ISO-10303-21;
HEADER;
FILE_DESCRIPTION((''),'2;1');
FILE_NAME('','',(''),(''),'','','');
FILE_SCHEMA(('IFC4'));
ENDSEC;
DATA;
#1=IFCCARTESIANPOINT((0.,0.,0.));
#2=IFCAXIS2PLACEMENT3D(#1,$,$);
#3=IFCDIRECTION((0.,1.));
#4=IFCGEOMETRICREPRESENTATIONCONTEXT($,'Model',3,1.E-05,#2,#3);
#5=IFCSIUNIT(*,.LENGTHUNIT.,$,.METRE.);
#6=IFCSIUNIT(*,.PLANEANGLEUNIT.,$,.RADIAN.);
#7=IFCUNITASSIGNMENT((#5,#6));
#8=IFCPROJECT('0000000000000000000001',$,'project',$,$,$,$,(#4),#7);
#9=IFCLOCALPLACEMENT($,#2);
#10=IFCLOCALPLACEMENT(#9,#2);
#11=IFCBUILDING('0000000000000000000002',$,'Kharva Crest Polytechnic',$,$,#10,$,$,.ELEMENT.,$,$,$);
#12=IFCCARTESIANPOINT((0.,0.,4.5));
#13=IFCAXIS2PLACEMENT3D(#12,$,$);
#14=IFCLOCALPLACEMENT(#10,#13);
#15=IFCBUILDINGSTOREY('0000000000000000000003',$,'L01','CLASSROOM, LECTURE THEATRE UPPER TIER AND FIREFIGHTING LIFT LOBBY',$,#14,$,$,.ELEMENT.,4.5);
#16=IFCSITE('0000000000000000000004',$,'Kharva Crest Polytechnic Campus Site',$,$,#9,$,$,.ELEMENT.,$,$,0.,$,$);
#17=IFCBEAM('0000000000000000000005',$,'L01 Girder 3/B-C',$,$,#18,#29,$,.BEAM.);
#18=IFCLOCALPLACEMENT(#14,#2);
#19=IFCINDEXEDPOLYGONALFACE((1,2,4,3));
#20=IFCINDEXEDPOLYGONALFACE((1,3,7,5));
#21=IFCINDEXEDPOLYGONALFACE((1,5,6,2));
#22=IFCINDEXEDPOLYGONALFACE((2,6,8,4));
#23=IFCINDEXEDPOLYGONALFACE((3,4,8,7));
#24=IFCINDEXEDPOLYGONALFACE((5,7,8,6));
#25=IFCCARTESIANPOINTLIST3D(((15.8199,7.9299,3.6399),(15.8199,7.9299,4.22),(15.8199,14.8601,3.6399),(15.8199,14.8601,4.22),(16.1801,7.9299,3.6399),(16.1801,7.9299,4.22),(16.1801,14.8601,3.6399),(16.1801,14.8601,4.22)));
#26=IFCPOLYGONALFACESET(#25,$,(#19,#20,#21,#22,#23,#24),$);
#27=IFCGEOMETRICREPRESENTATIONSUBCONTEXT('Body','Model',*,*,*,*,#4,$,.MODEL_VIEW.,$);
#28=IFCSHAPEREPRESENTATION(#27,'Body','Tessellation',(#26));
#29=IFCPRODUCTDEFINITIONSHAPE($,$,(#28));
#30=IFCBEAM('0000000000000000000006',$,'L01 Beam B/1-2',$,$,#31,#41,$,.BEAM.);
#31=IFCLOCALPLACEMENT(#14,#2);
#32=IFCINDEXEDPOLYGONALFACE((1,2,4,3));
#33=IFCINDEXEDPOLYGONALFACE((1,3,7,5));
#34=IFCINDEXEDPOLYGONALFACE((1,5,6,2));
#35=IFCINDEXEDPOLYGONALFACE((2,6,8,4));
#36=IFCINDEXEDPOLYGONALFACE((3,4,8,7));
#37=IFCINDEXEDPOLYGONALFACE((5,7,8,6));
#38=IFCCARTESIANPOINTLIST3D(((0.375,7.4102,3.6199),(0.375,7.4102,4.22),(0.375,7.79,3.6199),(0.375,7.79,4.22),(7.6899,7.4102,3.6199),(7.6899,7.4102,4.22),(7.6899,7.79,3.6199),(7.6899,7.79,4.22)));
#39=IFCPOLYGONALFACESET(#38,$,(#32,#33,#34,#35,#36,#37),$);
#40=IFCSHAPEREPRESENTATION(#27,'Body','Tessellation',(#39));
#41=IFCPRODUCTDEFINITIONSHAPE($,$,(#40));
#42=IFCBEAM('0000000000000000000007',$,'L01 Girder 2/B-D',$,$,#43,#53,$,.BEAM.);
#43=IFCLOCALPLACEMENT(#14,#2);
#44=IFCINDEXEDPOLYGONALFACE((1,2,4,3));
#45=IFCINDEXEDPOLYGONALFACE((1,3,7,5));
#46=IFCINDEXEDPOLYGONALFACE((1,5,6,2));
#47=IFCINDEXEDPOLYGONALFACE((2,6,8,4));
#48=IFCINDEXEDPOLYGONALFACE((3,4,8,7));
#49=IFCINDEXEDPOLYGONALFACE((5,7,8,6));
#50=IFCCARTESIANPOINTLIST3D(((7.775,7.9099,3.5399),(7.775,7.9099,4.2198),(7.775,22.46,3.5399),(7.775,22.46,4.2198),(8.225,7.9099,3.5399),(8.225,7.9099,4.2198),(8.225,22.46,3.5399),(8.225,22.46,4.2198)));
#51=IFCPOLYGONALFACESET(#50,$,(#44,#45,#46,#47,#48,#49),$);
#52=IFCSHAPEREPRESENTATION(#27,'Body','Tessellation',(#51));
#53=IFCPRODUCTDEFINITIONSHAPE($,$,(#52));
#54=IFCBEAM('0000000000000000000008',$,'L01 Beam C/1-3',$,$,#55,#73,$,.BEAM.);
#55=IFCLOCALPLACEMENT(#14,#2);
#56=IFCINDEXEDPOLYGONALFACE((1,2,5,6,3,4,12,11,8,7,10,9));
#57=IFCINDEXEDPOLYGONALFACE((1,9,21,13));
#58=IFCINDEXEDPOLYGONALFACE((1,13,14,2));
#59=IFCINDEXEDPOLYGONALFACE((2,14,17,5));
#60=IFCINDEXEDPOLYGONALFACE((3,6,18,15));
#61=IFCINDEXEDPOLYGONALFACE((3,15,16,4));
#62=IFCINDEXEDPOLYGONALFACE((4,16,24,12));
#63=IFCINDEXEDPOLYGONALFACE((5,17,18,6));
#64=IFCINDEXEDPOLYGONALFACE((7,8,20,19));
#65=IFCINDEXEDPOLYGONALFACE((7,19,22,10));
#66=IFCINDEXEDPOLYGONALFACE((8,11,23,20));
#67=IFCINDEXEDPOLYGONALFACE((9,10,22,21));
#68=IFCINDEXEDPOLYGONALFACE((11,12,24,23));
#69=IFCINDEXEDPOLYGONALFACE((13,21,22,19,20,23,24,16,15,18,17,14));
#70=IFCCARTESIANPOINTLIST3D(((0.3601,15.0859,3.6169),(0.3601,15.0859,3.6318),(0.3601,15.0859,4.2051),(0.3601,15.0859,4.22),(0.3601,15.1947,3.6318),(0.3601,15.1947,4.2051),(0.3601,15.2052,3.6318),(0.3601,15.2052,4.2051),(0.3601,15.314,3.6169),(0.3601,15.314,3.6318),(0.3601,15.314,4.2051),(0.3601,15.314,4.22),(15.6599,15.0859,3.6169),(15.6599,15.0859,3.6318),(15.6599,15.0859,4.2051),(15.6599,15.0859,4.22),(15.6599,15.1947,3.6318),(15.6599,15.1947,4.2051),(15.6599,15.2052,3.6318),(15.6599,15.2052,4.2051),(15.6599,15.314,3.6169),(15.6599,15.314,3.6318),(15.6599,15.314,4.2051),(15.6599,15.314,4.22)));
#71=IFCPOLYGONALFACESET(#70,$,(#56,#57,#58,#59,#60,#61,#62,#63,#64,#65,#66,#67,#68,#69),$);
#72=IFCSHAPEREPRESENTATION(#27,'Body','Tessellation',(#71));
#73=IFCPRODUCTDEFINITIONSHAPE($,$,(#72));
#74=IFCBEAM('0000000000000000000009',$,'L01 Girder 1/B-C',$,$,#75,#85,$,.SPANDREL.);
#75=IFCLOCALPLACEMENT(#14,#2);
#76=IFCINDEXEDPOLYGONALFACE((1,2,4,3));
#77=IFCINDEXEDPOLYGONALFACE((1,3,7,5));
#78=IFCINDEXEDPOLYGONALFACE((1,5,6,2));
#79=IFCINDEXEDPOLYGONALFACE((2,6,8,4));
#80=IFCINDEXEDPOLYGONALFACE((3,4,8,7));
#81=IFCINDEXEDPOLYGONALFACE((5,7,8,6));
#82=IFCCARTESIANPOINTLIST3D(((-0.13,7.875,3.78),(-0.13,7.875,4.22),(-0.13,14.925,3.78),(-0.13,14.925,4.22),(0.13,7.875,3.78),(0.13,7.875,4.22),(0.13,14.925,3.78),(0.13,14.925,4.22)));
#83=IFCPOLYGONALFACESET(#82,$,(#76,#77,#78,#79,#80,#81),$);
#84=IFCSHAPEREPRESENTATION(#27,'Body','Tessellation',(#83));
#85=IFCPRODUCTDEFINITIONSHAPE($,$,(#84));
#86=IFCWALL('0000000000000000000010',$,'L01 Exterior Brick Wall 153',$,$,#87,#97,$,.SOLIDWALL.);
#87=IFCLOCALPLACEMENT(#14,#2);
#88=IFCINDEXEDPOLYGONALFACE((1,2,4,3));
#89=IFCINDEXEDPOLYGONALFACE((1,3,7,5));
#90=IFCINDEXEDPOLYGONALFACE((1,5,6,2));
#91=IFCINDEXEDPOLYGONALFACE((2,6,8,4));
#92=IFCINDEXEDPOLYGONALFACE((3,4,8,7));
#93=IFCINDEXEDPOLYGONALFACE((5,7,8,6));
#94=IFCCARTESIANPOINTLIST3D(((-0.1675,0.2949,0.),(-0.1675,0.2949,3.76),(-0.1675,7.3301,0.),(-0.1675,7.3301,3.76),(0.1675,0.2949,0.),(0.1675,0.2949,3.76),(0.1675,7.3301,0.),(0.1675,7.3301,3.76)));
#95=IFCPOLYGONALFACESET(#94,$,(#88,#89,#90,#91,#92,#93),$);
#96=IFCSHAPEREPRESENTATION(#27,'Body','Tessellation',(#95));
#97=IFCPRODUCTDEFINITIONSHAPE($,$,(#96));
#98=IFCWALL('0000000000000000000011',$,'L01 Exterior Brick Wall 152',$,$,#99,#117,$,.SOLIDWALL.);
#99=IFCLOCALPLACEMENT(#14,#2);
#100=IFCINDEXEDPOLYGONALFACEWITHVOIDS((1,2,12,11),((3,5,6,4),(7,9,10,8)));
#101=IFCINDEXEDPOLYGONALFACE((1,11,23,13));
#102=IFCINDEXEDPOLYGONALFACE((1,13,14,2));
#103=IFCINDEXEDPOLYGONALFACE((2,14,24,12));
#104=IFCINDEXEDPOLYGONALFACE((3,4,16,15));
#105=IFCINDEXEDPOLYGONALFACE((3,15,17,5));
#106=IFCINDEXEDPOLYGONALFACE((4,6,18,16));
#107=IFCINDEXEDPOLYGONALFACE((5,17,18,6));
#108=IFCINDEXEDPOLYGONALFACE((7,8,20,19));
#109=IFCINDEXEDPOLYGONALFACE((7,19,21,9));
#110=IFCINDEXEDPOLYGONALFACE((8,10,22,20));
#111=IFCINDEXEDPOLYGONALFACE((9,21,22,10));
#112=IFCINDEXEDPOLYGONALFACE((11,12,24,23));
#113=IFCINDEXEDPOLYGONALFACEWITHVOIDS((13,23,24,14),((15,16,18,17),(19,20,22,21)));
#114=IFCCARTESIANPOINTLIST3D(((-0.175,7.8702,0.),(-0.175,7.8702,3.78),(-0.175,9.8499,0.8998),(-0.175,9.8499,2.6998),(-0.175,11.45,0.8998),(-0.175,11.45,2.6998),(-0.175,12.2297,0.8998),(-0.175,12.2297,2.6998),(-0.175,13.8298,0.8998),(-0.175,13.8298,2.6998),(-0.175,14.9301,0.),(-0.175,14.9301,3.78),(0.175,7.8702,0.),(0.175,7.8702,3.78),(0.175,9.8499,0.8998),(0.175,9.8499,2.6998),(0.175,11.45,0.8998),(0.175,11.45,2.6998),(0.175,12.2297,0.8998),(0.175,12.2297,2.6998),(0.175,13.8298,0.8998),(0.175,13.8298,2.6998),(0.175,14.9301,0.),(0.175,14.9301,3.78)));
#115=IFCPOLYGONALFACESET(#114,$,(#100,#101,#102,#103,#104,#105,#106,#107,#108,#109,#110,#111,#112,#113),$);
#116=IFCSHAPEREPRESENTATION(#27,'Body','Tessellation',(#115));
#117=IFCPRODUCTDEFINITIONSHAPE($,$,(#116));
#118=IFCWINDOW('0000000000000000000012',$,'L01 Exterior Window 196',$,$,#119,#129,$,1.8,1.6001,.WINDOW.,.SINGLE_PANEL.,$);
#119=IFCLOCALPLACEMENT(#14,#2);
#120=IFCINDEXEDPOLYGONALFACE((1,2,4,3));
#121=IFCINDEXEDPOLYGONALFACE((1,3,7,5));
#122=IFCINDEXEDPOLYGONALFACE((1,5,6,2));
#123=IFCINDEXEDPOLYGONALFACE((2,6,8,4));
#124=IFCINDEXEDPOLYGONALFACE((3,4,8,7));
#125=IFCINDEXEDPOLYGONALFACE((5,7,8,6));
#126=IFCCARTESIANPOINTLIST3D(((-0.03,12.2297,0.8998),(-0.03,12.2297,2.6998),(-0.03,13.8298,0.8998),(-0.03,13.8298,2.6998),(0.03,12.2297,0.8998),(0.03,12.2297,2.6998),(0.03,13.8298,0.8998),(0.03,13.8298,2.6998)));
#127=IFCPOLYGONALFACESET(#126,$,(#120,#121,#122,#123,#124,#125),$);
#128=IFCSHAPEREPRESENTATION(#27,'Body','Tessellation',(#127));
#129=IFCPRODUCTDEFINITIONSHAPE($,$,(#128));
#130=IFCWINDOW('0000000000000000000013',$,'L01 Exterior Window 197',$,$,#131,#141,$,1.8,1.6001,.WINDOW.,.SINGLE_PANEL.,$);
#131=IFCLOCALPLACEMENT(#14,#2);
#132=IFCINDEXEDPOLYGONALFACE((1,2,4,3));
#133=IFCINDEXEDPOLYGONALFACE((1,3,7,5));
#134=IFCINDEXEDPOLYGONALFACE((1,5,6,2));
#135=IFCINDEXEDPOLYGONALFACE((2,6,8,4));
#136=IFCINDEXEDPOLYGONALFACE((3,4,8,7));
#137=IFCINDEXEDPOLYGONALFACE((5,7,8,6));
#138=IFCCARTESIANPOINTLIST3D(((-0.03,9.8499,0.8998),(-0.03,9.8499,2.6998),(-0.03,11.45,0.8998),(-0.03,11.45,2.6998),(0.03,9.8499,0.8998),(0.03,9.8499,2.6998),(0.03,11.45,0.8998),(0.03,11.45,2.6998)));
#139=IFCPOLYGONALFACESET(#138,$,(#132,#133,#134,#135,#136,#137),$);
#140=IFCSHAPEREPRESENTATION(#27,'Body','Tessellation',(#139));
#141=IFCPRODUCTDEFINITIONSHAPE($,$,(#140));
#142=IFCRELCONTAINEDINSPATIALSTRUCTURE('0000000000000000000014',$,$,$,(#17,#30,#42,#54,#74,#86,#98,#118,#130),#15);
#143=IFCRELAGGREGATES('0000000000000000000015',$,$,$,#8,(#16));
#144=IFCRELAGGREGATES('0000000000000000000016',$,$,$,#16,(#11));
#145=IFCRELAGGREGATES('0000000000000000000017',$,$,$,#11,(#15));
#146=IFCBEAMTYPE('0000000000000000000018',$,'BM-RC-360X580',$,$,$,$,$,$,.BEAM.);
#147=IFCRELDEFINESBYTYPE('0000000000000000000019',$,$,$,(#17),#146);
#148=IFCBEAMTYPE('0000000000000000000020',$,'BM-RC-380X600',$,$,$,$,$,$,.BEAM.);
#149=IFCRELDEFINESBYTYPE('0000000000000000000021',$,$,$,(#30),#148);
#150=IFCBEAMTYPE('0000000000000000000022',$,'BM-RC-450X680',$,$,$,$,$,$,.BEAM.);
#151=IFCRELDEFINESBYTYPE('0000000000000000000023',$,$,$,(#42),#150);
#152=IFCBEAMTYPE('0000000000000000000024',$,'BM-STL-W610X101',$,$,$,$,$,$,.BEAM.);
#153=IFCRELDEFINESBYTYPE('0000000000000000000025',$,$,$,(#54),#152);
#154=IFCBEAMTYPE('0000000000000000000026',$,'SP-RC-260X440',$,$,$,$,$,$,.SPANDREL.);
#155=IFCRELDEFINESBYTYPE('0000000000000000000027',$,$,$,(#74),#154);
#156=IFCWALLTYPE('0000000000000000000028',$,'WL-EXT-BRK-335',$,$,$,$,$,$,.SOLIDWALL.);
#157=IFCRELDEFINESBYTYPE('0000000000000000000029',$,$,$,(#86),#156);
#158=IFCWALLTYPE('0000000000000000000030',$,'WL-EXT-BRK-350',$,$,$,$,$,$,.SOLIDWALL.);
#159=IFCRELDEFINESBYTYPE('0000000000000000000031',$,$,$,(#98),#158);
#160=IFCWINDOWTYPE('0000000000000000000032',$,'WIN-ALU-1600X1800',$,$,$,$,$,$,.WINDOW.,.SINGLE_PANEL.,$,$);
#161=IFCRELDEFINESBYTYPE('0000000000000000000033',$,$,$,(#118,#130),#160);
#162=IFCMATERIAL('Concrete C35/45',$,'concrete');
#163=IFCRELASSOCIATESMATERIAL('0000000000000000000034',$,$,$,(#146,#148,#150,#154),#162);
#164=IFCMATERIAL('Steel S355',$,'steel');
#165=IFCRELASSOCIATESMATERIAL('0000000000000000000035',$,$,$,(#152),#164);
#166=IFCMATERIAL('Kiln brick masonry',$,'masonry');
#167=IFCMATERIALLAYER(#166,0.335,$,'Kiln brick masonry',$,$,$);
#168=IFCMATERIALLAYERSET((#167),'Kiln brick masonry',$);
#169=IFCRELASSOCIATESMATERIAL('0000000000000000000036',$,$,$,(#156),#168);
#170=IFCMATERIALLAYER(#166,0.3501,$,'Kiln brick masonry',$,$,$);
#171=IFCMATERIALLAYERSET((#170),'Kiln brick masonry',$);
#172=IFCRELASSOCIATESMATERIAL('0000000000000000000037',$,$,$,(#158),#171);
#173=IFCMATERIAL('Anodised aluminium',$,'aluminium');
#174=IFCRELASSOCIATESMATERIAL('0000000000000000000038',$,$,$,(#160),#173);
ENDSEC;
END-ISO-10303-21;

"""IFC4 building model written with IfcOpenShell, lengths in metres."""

from ifc_helpers import new_model, si_unit, direction, frame, frame_2d, origin, origin_2d, place, context, subcontext, project, spatial, rectangle, i_section, extrude, material, layer, layer_set, material_profile, profile_set, type_object, element, fill, save


model = new_model("IFC4")

# Units and contexts
model_context = context("Model", 3, precision=1e-05, world=origin(), true_north=direction((0.0, 1.0)))
body_context = subcontext(model_context, "Body", "Model", "MODEL_VIEW")
ifc_project = project(units=[si_unit("LENGTHUNIT", "METRE"), si_unit("PLANEANGLEUNIT", "RADIAN")], contexts=[model_context])

# Site, building, storey
site_placement = place(None, origin())
site = spatial("IfcSite", under=ifc_project, at=site_placement, Name="Kharva Crest Polytechnic Campus Site", CompositionType="ELEMENT", RefElevation=0.0)
building_placement = place(site_placement, origin())
building = spatial("IfcBuilding", under=site, at=building_placement, Name="Kharva Crest Polytechnic", CompositionType="ELEMENT")
storey_placement = place(building_placement, frame((0.0, 0.0, 4.5)))
storey = spatial("IfcBuildingStorey", under=building, at=storey_placement, Name="L01", Description="CLASSROOM, LECTURE THEATRE UPPER TIER AND FIREFIGHTING LIFT LOBBY", CompositionType="ELEMENT", Elevation=4.5)

# Shared definitions
ifc_material_1 = material(Name="Steel S355", Category="steel")

# Beams
ifc_material_2 = material(Name="Concrete C35/45", Category="concrete")
ifc_material_profile_1 = material_profile(ifc_material_2, rectangle(XDim=0.3601, YDim=0.5801, at=origin_2d()), Name="RECT 360 X 580")
ifc_profile_set_1 = profile_set([ifc_material_profile_1], Name="Concrete C35/45")
beam_type_1 = type_object("IfcBeamType", Name="BM-RC-360X580", PredefinedType="BEAM", material=ifc_profile_set_1)
beam_1_placement = place(storey_placement, frame((16.0, 7.9299, 3.9299), z_axis=(0.0, 1.0, 0.0), x_axis=(-1.0, 0.0, 0.0)))
element("IfcBeam", 1, at=beam_1_placement, inside=storey, type_object=beam_type_1, Name="L01 Girder 3/B-C", PredefinedType="BEAM", context=body_context, shape_type="SweptSolid", body=[
    extrude(rectangle(XDim=0.3601, YDim=0.5801, at=origin_2d()), origin(), (0.0, 0.0, 1.0), 6.9302),
])
ifc_material_profile_2 = material_profile(ifc_material_2, rectangle(XDim=0.3799, YDim=0.6001, at=origin_2d()), Name="RECT 380 X 600")
ifc_profile_set_2 = profile_set([ifc_material_profile_2], Name="Concrete C35/45")
beam_type_2 = type_object("IfcBeamType", Name="BM-RC-380X600", PredefinedType="BEAM", material=ifc_profile_set_2)
beam_2_placement = place(storey_placement, frame((0.375, 7.6001, 3.9199), z_axis=(1.0, 0.0, 0.0), x_axis=(0.0, 1.0, 0.0)))
element("IfcBeam", 2, at=beam_2_placement, inside=storey, type_object=beam_type_2, Name="L01 Beam B/1-2", PredefinedType="BEAM", context=body_context, shape_type="SweptSolid", body=[
    extrude(rectangle(XDim=0.3799, YDim=0.6001, at=origin_2d()), origin(), (0.0, 0.0, 1.0), 7.3149),
])
ifc_material_profile_3 = material_profile(ifc_material_2, rectangle(XDim=0.45, YDim=0.6799, at=origin_2d()), Name="RECT 450 X 680")
ifc_profile_set_3 = profile_set([ifc_material_profile_3], Name="Concrete C35/45")
beam_type_3 = type_object("IfcBeamType", Name="BM-RC-450X680", PredefinedType="BEAM", material=ifc_profile_set_3)
beam_3_placement = place(storey_placement, frame((8.0, 7.9099, 3.8799), z_axis=(0.0, 1.0, 0.0), x_axis=(-1.0, 0.0, 0.0)))
element("IfcBeam", 3, at=beam_3_placement, inside=storey, type_object=beam_type_3, Name="L01 Girder 2/B-D", PredefinedType="BEAM", context=body_context, shape_type="SweptSolid", body=[
    extrude(rectangle(XDim=0.45, YDim=0.6799, at=origin_2d()), origin(), (0.0, 0.0, 1.0), 14.55),
])
ifc_material_profile_4 = material_profile(ifc_material_1, i_section(OverallWidth=0.228, OverallDepth=0.603, WebThickness=0.0105, FlangeThickness=0.0149, at=origin_2d()), Name="W610X101")
ifc_profile_set_4 = profile_set([ifc_material_profile_4], Name="Steel S355")
beam_type_4 = type_object("IfcBeamType", Name="BM-STL-W610X101", PredefinedType="BEAM", material=ifc_profile_set_4)
beam_4_placement = place(storey_placement, frame((0.3601, 15.2, 3.9185), z_axis=(1.0, 0.0, 0.0), x_axis=(0.0, 1.0, 0.0)))
element("IfcBeam", 4, at=beam_4_placement, inside=storey, type_object=beam_type_4, Name="L01 Beam C/1-3", PredefinedType="BEAM", context=body_context, shape_type="SweptSolid", body=[
    extrude(i_section(OverallWidth=0.228, OverallDepth=0.603, WebThickness=0.0105, FlangeThickness=0.0149, at=origin_2d()), origin(), (0.0, 0.0, 1.0), 15.2998),
])
ifc_material_profile_5 = material_profile(ifc_material_2, rectangle(XDim=0.26, YDim=0.4399, at=origin_2d()), Name="RECT 260 X 440")
ifc_profile_set_5 = profile_set([ifc_material_profile_5], Name="Concrete C35/45")
beam_type_5 = type_object("IfcBeamType", Name="SP-RC-260X440", PredefinedType="SPANDREL", material=ifc_profile_set_5)
beam_5_placement = place(storey_placement, frame((0.0, 7.875, 4.0), z_axis=(0.0, 1.0, 0.0), x_axis=(-1.0, 0.0, 0.0)))
element("IfcBeam", 5, at=beam_5_placement, inside=storey, type_object=beam_type_5, Name="L01 Girder 1/B-C", PredefinedType="SPANDREL", context=body_context, shape_type="SweptSolid", body=[
    extrude(rectangle(XDim=0.26, YDim=0.4399, at=origin_2d()), origin(), (0.0, 0.0, 1.0), 7.05),
])

# Wall
ifc_material_3 = material(Name="Kiln brick masonry", Category="masonry")
ifc_layer_1 = layer(ifc_material_3, 0.335, Name="Kiln brick masonry")
ifc_layer_set_1 = layer_set([ifc_layer_1], Name="Kiln brick masonry")
wall_type_1 = type_object("IfcWallType", Name="WL-EXT-BRK-335", PredefinedType="SOLIDWALL", material=ifc_layer_set_1)
wall_1_placement = place(storey_placement, frame((0.0, 7.3301, 0.0), z_axis=(0.0, 0.0, 1.0), x_axis=(0.0, -1.0, 0.0)))
element("IfcWall", 6, at=wall_1_placement, inside=storey, type_object=wall_type_1, Name="L01 Exterior Brick Wall 153", PredefinedType="SOLIDWALL", context=body_context, shape_type="SweptSolid", body=[
    extrude(rectangle(XDim=7.0352, YDim=0.335, at=frame_2d((3.5176, 0.0))), origin(), (0.0, 0.0, 1.0), 3.76),
])

# Wall, openings, windows
ifc_layer_2 = layer(ifc_material_3, 0.3501, Name="Kiln brick masonry")
ifc_layer_set_2 = layer_set([ifc_layer_2], Name="Kiln brick masonry")
wall_type_2 = type_object("IfcWallType", Name="WL-EXT-BRK-350", PredefinedType="SOLIDWALL", material=ifc_layer_set_2)
wall_2_placement = place(storey_placement, frame((0.0, 14.9299, 0.0), z_axis=(0.0, 0.0, 1.0), x_axis=(0.0, -1.0, 0.0)))
wall_2 = element("IfcWall", 7, at=wall_2_placement, inside=storey, type_object=wall_type_2, Name="L01 Exterior Brick Wall 152", PredefinedType="SOLIDWALL", context=body_context, shape_type="SweptSolid", body=[
    extrude(rectangle(XDim=7.0598, YDim=0.3501, at=frame_2d((3.5298, 0.0))), origin(), (0.0, 0.0, 1.0), 3.78),
])
opening_1_placement = place(wall_2_placement, frame((1.1001, 0.0, 0.8999)))
opening_1 = element("IfcOpeningElement", 8, at=opening_1_placement, cuts=wall_2, PredefinedType="OPENING", context=body_context, shape_type="SweptSolid", body=[
    extrude(rectangle(XDim=1.6001, YDim=1.8, at=frame_2d((0.8, 0.8999))), frame((0.0, 0.1851, 0.0), z_axis=(0.0, -1.0, 0.0), x_axis=(1.0, 0.0, 0.0)), (0.0, 0.0, 1.0), 0.3701),
])
opening_2_placement = place(wall_2_placement, frame((3.48, 0.0, 0.8999)))
opening_2 = element("IfcOpeningElement", 9, at=opening_2_placement, cuts=wall_2, PredefinedType="OPENING", context=body_context, shape_type="SweptSolid", body=[
    extrude(rectangle(XDim=1.6001, YDim=1.8, at=frame_2d((0.8, 0.8999))), frame((0.0, 0.1851, 0.0), z_axis=(0.0, -1.0, 0.0), x_axis=(1.0, 0.0, 0.0)), (0.0, 0.0, 1.0), 0.3701),
])
ifc_material_4 = material(Name="Anodised aluminium", Category="aluminium")
window_type = type_object("IfcWindowType", Name="WIN-ALU-1600X1800", PartitioningType="SINGLE_PANEL", PredefinedType="WINDOW", material=ifc_material_4)
window_1_placement = place(opening_1_placement, origin())
window_1 = element("IfcWindow", 10, at=window_1_placement, inside=storey, type_object=window_type, Name="L01 Exterior Window 196", OverallHeight=1.8, OverallWidth=1.6001, PartitioningType="SINGLE_PANEL", PredefinedType="WINDOW", context=body_context, shape_type="SweptSolid", body=[
    extrude(rectangle(XDim=1.6001, YDim=1.8, at=frame_2d((0.8, 0.8999))), frame((0.0, 0.03, 0.0), z_axis=(0.0, -1.0, 0.0), x_axis=(1.0, 0.0, 0.0)), (0.0, 0.0, 1.0), 0.0601),
])
fill(opening_1, window_1)
window_2_placement = place(opening_2_placement, origin())
window_2 = element("IfcWindow", 11, at=window_2_placement, inside=storey, type_object=window_type, Name="L01 Exterior Window 197", OverallHeight=1.8, OverallWidth=1.6001, PartitioningType="SINGLE_PANEL", PredefinedType="WINDOW", context=body_context, shape_type="SweptSolid", body=[
    extrude(rectangle(XDim=1.6001, YDim=1.8, at=frame_2d((0.8, 0.8999))), frame((0.0, 0.03, 0.0), z_axis=(0.0, -1.0, 0.0), x_axis=(1.0, 0.0, 0.0)), (0.0, 0.0, 1.0), 0.0601),
])
fill(opening_2, window_2)

save(model, "model.ifc")
